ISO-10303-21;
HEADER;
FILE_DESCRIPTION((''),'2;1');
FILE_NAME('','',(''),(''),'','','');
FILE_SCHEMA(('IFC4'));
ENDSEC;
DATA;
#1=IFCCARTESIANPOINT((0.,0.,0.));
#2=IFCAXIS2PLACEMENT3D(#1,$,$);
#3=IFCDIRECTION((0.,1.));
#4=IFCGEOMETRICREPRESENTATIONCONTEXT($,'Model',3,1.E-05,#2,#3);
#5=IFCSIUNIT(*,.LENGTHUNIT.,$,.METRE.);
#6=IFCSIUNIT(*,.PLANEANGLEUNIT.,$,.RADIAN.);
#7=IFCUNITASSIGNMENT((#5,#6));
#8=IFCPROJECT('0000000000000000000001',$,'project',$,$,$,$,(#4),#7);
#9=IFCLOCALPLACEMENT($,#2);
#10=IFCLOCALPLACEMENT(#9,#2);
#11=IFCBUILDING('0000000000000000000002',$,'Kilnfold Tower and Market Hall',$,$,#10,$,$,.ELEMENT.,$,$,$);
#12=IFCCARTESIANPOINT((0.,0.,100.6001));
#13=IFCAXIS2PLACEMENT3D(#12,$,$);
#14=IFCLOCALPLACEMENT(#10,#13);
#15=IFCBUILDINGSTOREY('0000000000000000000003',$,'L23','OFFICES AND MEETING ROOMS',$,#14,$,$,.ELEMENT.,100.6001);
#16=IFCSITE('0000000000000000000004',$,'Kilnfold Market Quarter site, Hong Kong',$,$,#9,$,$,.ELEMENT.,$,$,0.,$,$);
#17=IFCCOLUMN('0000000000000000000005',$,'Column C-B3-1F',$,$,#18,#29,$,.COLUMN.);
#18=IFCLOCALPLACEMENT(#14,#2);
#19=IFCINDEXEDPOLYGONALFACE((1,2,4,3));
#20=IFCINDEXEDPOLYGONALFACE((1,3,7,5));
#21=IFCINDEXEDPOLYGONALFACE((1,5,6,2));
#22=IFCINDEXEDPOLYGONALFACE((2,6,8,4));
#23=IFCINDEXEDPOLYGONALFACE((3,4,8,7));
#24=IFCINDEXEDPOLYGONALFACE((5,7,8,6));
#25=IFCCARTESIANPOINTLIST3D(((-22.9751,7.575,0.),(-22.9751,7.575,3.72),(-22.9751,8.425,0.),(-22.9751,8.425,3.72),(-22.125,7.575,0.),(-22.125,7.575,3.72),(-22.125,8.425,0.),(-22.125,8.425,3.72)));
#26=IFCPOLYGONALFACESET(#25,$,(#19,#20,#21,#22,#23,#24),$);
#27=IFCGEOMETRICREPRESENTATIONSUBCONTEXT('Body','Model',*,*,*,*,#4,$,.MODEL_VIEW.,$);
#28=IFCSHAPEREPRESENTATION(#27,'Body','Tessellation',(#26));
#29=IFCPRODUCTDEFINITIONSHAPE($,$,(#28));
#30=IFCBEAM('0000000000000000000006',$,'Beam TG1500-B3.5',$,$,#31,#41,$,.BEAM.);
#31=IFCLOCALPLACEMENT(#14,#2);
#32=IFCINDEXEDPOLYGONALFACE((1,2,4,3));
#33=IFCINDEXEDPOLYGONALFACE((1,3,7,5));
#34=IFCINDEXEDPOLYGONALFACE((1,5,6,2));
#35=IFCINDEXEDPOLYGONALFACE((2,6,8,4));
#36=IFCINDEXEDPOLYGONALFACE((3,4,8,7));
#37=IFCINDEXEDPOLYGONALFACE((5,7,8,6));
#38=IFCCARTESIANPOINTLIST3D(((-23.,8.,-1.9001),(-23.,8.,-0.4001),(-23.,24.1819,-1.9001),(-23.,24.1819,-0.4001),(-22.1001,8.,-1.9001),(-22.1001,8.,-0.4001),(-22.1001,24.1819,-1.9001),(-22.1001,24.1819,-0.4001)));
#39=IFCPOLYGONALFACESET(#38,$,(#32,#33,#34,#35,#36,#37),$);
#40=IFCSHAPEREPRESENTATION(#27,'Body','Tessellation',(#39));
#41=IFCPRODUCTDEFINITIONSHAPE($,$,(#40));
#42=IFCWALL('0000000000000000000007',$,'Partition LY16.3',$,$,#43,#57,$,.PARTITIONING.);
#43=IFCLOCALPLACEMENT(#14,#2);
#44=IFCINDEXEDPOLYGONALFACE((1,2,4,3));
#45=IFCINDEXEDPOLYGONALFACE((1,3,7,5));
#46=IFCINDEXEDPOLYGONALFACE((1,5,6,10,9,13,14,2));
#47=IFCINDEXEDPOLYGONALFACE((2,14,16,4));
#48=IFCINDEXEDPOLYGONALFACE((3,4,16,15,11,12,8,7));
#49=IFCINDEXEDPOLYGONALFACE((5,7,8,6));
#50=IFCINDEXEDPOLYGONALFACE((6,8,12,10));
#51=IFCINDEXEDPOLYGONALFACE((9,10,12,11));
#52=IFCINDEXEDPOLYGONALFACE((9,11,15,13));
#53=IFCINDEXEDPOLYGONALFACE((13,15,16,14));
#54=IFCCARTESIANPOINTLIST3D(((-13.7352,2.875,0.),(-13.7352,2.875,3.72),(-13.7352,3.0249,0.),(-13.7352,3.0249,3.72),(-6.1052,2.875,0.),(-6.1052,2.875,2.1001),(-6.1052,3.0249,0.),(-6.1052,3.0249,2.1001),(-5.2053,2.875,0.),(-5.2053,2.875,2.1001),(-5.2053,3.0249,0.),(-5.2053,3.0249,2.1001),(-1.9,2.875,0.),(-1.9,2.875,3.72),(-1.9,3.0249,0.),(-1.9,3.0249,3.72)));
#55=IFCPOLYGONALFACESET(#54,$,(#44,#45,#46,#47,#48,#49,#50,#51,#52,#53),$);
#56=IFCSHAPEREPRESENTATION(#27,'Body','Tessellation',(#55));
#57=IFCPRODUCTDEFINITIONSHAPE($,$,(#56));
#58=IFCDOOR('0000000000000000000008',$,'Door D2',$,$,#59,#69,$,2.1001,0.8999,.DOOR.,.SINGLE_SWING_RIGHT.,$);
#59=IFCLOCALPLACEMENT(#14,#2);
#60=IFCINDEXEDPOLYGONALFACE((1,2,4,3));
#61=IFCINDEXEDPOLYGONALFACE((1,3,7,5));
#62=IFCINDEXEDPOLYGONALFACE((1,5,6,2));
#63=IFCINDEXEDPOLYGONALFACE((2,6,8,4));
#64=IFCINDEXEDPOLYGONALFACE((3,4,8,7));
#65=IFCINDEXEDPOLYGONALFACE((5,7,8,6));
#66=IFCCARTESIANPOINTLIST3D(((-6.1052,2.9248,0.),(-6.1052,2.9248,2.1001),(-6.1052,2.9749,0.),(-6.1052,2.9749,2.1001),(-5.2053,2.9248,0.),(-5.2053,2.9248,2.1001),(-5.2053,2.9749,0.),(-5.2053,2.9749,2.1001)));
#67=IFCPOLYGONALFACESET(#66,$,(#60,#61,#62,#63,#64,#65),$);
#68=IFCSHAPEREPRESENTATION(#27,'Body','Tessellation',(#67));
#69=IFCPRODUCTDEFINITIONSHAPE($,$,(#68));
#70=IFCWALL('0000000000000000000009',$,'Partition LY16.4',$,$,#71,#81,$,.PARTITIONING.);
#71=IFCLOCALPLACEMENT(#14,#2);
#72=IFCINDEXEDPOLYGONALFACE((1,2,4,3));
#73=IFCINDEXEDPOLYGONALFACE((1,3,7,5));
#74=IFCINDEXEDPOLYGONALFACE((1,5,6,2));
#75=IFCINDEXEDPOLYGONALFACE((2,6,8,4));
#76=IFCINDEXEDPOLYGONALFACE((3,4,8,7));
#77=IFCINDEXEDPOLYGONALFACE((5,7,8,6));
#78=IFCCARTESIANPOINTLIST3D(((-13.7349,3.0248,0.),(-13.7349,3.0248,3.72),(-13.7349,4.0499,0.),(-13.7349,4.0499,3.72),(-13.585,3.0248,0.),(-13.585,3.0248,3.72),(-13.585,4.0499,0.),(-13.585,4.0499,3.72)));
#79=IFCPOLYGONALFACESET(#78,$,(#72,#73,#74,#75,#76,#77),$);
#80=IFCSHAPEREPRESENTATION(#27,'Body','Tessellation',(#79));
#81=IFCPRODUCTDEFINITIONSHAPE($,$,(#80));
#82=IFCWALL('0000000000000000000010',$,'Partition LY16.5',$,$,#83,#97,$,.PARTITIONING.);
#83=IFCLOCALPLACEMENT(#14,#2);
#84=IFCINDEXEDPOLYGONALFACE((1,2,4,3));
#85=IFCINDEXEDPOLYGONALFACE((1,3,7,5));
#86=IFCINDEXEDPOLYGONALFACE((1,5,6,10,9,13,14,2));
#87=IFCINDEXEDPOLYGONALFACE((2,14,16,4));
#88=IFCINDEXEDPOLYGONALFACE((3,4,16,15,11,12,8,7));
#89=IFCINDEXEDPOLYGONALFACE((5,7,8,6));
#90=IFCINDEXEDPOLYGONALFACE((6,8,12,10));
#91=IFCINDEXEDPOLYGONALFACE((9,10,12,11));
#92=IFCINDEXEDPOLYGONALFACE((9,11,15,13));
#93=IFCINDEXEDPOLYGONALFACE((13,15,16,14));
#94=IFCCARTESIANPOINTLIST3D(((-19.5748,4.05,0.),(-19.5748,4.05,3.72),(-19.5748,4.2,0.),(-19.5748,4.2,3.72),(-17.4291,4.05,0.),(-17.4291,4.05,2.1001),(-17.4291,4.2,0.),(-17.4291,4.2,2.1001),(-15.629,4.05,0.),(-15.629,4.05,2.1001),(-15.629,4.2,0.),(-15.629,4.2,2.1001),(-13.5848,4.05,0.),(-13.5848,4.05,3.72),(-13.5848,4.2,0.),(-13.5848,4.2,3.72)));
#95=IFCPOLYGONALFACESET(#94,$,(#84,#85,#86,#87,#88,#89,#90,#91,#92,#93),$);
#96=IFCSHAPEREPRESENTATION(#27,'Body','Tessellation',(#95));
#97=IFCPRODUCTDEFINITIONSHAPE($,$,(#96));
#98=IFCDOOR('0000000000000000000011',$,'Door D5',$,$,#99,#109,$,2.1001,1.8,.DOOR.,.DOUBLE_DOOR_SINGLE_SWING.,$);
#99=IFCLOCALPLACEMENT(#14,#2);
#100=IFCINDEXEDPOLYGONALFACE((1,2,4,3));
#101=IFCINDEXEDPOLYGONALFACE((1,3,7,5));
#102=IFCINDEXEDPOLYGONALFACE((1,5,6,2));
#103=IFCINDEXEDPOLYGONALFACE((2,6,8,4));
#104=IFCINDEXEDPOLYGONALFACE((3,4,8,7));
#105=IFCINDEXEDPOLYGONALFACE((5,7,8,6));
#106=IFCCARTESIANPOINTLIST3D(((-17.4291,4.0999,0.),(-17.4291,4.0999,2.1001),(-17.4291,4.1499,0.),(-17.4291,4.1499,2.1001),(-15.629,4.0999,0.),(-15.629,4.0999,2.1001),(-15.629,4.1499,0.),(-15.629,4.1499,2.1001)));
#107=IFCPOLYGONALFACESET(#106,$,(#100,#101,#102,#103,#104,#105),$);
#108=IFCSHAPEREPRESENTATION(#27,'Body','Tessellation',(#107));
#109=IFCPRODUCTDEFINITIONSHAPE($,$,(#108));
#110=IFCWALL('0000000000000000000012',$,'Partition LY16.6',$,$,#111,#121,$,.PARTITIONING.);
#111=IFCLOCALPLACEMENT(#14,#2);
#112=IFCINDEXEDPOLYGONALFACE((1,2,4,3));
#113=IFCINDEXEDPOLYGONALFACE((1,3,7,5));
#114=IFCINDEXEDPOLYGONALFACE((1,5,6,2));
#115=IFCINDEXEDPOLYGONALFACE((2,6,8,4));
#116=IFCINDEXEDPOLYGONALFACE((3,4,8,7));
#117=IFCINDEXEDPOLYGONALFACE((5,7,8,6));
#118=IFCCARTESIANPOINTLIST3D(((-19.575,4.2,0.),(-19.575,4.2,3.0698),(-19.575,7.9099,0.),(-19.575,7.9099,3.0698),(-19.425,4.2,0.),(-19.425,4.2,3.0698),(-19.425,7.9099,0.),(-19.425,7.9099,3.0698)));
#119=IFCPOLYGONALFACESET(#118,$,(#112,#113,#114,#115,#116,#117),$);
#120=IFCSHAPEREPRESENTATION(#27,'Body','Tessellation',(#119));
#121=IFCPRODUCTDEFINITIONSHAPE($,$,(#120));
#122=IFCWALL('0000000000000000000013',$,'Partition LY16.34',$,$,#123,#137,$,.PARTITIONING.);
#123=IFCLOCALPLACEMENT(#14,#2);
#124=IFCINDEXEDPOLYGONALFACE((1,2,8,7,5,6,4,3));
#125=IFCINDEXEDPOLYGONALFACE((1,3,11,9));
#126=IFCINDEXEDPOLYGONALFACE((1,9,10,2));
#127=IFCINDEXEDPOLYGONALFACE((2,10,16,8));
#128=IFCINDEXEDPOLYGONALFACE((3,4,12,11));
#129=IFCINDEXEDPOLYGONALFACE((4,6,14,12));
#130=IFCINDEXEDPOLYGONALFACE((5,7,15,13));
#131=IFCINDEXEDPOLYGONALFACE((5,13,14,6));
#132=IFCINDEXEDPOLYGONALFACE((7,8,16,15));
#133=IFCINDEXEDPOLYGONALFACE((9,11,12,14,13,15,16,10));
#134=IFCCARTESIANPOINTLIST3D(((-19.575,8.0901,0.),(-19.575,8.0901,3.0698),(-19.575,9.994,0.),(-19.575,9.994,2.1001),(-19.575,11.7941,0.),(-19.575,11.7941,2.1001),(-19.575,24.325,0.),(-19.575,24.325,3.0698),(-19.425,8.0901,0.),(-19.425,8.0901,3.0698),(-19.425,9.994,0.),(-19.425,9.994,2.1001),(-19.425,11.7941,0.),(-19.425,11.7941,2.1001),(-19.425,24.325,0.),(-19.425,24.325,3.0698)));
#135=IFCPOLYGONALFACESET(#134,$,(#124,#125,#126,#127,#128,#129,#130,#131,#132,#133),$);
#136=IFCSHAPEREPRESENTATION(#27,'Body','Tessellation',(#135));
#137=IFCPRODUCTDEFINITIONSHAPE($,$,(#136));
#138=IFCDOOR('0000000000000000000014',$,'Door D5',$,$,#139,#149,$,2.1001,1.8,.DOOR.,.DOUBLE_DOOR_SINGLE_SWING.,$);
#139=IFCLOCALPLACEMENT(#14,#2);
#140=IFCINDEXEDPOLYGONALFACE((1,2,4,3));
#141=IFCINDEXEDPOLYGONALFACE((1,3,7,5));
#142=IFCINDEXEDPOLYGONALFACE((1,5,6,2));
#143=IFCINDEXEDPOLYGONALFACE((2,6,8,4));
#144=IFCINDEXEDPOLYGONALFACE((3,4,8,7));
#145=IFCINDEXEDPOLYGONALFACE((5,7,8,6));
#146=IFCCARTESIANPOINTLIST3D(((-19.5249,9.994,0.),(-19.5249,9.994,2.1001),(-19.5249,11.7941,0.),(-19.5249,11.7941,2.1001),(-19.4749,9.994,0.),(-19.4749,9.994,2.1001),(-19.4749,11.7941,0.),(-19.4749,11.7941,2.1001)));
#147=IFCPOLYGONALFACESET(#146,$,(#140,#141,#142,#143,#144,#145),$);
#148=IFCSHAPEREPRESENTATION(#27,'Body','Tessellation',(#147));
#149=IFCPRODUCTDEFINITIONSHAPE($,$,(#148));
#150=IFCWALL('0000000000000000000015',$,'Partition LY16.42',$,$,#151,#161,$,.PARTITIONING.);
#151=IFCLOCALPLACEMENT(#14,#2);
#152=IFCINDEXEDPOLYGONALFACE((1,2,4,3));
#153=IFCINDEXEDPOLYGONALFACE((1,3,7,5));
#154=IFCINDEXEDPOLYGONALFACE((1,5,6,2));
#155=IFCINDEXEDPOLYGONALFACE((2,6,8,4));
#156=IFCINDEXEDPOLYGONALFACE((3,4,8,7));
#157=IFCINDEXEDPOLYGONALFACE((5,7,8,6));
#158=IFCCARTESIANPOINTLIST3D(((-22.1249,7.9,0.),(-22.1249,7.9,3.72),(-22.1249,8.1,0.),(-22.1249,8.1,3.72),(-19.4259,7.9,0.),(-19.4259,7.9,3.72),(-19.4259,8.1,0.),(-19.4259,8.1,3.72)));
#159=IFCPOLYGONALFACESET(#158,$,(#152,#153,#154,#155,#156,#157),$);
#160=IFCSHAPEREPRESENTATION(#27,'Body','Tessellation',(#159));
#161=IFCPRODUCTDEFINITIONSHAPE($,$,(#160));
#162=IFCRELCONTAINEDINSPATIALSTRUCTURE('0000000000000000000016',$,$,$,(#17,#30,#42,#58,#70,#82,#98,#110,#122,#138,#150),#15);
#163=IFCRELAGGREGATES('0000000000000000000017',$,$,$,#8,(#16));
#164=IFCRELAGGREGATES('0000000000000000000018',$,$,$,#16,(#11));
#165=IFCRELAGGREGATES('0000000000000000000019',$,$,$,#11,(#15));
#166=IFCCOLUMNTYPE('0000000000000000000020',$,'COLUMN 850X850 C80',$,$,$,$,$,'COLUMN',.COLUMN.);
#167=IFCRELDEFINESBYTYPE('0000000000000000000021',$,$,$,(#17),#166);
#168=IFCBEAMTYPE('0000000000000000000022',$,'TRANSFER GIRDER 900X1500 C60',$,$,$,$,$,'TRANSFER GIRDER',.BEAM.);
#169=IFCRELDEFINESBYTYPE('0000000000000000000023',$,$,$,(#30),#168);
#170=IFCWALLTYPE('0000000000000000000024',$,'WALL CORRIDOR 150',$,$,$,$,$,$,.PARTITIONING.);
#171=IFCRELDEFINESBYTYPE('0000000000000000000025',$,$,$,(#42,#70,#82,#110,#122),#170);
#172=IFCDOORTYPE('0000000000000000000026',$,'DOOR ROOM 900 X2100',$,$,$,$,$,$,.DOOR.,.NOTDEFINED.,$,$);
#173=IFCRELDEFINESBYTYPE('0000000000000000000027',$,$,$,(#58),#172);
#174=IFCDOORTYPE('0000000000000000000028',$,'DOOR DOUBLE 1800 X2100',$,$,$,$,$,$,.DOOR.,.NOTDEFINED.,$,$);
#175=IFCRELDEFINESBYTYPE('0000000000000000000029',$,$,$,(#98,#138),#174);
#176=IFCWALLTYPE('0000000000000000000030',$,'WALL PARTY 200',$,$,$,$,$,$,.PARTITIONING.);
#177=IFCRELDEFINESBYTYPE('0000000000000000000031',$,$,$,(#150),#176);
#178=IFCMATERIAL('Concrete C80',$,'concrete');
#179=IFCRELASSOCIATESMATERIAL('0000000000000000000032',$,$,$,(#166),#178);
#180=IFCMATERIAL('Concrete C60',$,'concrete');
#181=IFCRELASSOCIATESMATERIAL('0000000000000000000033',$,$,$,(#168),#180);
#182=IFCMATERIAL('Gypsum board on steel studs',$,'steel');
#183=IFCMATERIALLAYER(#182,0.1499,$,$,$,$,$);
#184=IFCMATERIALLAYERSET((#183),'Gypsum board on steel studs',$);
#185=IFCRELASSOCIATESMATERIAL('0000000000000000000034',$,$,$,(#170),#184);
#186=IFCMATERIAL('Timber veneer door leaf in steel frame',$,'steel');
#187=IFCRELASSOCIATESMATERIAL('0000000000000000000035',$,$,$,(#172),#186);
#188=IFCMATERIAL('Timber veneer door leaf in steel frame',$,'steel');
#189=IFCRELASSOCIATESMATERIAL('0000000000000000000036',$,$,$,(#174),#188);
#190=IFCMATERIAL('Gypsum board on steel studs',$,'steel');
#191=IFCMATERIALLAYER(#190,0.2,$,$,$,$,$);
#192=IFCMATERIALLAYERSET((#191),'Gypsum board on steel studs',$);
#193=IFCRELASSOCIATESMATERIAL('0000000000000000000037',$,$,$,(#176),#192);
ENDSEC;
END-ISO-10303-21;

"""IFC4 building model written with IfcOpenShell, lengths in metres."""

from ifc_helpers import new_model, si_unit, direction, frame, frame_2d, origin, origin_2d, place, context, subcontext, project, spatial, rectangle, extrude, source, transform, mapped, material, layer, layer_set, material_profile, profile_set, type_object, element, fill, save


model = new_model("IFC4")

# Units and contexts
model_context = context("Model", 3, precision=1e-05, world=origin(), true_north=direction((0.0, 1.0)))
body_context = subcontext(model_context, "Body", "Model", "MODEL_VIEW")
ifc_project = project(units=[si_unit("LENGTHUNIT", "METRE"), si_unit("PLANEANGLEUNIT", "RADIAN")], contexts=[model_context])

# Site, building, storey
site_placement = place(None, origin())
site = spatial("IfcSite", under=ifc_project, at=site_placement, Name="Kilnfold Market Quarter site, Hong Kong", CompositionType="ELEMENT", RefElevation=0.0)
building_placement = place(site_placement, origin())
building = spatial("IfcBuilding", under=site, at=building_placement, Name="Kilnfold Tower and Market Hall", CompositionType="ELEMENT")
storey_placement = place(building_placement, frame((0.0, 0.0, 100.6001)))
storey = spatial("IfcBuildingStorey", under=building, at=storey_placement, Name="L23", Description="OFFICES AND MEETING ROOMS", CompositionType="ELEMENT", Elevation=100.6001)

# Column
ifc_material_1 = material(Name="Concrete C80", Category="concrete")
ifc_material_profile_1 = material_profile(ifc_material_1, rectangle(XDim=0.8501, YDim=0.8501, at=origin_2d()), Name="RC 850x850")
ifc_profile_set_1 = profile_set([ifc_material_profile_1], Name="Concrete C80")
column_type = type_object("IfcColumnType", Name="COLUMN 850X850 C80", ElementType="COLUMN", PredefinedType="COLUMN", material=ifc_profile_set_1)
shared_shape_1 = source(origin(), body_context, "Body", "SweptSolid", [
    extrude(rectangle(XDim=0.8501, YDim=0.8501, at=origin_2d()), origin(), (0.0, 0.0, 1.0), 3.72),
])
column_placement = place(storey_placement, frame((-22.55, 8.0, 0.0), z_axis=(0.0, 0.0, 1.0), x_axis=(1.0, 0.0, 0.0)))
element("IfcColumn", 1, at=column_placement, inside=storey, type_object=column_type, Name="Column C-B3-1F", PredefinedType="COLUMN", context=body_context, shape_type="MappedRepresentation", body=[
    mapped(shared_shape_1, transform((0.0, 0.0, 0.0))),
])

# Beam
ifc_material_2 = material(Name="Concrete C60", Category="concrete")
ifc_material_profile_2 = material_profile(ifc_material_2, rectangle(XDim=0.8999, YDim=1.5, at=origin_2d()), Name="RC 900x1500")
ifc_profile_set_2 = profile_set([ifc_material_profile_2], Name="Concrete C60")
beam_type = type_object("IfcBeamType", Name="TRANSFER GIRDER 900X1500 C60", ElementType="TRANSFER GIRDER", PredefinedType="BEAM", material=ifc_profile_set_2)
shared_shape_2 = source(origin(), body_context, "Body", "SweptSolid", [
    extrude(rectangle(XDim=0.8999, YDim=1.5, at=origin_2d()), origin(), (0.0, 0.0, 1.0), 16.1819),
])
beam_placement = place(storey_placement, frame((-22.55, 8.0, -1.1501), z_axis=(0.0, 1.0, 0.0), x_axis=(-1.0, 0.0, 0.0)))
element("IfcBeam", 2, at=beam_placement, inside=storey, type_object=beam_type, Name="Beam TG1500-B3.5", PredefinedType="BEAM", context=body_context, shape_type="MappedRepresentation", body=[
    mapped(shared_shape_2, transform((0.0, 0.0, 0.0))),
])

# Wall, opening, door
ifc_material_3 = material(Name="Gypsum board on steel studs", Category="steel")
ifc_layer_1 = layer(ifc_material_3, 0.1499)
ifc_layer_set_1 = layer_set([ifc_layer_1], Name="Gypsum board on steel studs")
wall_type_1 = type_object("IfcWallType", Name="WALL CORRIDOR 150", PredefinedType="PARTITIONING", material=ifc_layer_set_1)
wall_1_placement = place(storey_placement, frame((-13.7351, 2.95, 0.0), z_axis=(0.0, 0.0, 1.0), x_axis=(1.0, 0.0, 0.0)))
wall_1 = element("IfcWall", 3, at=wall_1_placement, inside=storey, type_object=wall_type_1, Name="Partition LY16.3", PredefinedType="PARTITIONING", context=body_context, shape_type="SweptSolid", body=[
    extrude(rectangle(XDim=11.8352, YDim=0.1499, at=frame_2d((5.9175, 0.0))), origin(), (0.0, 0.0, 1.0), 3.72),
])
opening_1_placement = place(wall_1_placement, frame((7.6299, 0.0, 0.0)))
opening_1 = element("IfcOpeningElement", 4, at=opening_1_placement, cuts=wall_1, PredefinedType="OPENING", context=body_context, shape_type="SweptSolid", body=[
    extrude(rectangle(XDim=0.8999, YDim=2.1001, at=frame_2d((0.45, 1.05))), frame((0.0, 0.085, 0.0), z_axis=(0.0, -1.0, 0.0), x_axis=(1.0, 0.0, 0.0)), (0.0, 0.0, 1.0), 0.1699),
])
ifc_material_4 = material(Name="Timber veneer door leaf in steel frame", Category="steel")
door_type_1 = type_object("IfcDoorType", Name="DOOR ROOM 900 X2100", OperationType="NOTDEFINED", PredefinedType="DOOR", material=ifc_material_4)
door_1_placement = place(opening_1_placement, origin())
door_1 = element("IfcDoor", 5, at=door_1_placement, inside=storey, type_object=door_type_1, Name="Door D2", OperationType="SINGLE_SWING_RIGHT", OverallHeight=2.1001, OverallWidth=0.8999, PredefinedType="DOOR", context=body_context, shape_type="SweptSolid", body=[
    extrude(rectangle(XDim=0.8999, YDim=2.1001, at=frame_2d((0.45, 1.05))), frame((0.0, 0.0249, 0.0), z_axis=(0.0, -1.0, 0.0), x_axis=(1.0, 0.0, 0.0)), (0.0, 0.0, 1.0), 0.05),
])
fill(opening_1, door_1)

# Wall
wall_2_placement = place(storey_placement, frame((-13.6599, 4.05, 0.0), z_axis=(0.0, 0.0, 1.0), x_axis=(0.0, -1.0, 0.0)))
element("IfcWall", 6, at=wall_2_placement, inside=storey, type_object=wall_type_1, Name="Partition LY16.4", PredefinedType="PARTITIONING", context=body_context, shape_type="SweptSolid", body=[
    extrude(rectangle(XDim=1.0251, YDim=0.1499, at=frame_2d((0.5127, 0.0))), origin(), (0.0, 0.0, 1.0), 3.72),
])

# Wall, opening, door
wall_3_placement = place(storey_placement, frame((-19.575, 4.125, 0.0), z_axis=(0.0, 0.0, 1.0), x_axis=(1.0, 0.0, 0.0)))
wall_3 = element("IfcWall", 7, at=wall_3_placement, inside=storey, type_object=wall_type_1, Name="Partition LY16.5", PredefinedType="PARTITIONING", context=body_context, shape_type="SweptSolid", body=[
    extrude(rectangle(XDim=5.99, YDim=0.1499, at=frame_2d((2.9951, 0.0))), origin(), (0.0, 0.0, 1.0), 3.72),
])
opening_2_placement = place(wall_3_placement, frame((2.146, 0.0, 0.0)))
opening_2 = element("IfcOpeningElement", 8, at=opening_2_placement, cuts=wall_3, PredefinedType="OPENING", context=body_context, shape_type="SweptSolid", body=[
    extrude(rectangle(XDim=1.8, YDim=2.1001, at=frame_2d((0.8999, 1.05))), frame((0.0, 0.085, 0.0), z_axis=(0.0, -1.0, 0.0), x_axis=(1.0, 0.0, 0.0)), (0.0, 0.0, 1.0), 0.1699),
])
ifc_material_5 = material(Name="Timber veneer door leaf in steel frame", Category="steel")
door_type_2 = type_object("IfcDoorType", Name="DOOR DOUBLE 1800 X2100", OperationType="NOTDEFINED", PredefinedType="DOOR", material=ifc_material_5)
door_2_placement = place(opening_2_placement, origin())
door_2 = element("IfcDoor", 9, at=door_2_placement, inside=storey, type_object=door_type_2, Name="Door D5", OperationType="DOUBLE_DOOR_SINGLE_SWING", OverallHeight=2.1001, OverallWidth=1.8, PredefinedType="DOOR", context=body_context, shape_type="SweptSolid", body=[
    extrude(rectangle(XDim=1.8, YDim=2.1001, at=frame_2d((0.8999, 1.05))), frame((0.0, 0.0249, 0.0), z_axis=(0.0, -1.0, 0.0), x_axis=(1.0, 0.0, 0.0)), (0.0, 0.0, 1.0), 0.05),
])
fill(opening_2, door_2)

# Wall
wall_4_placement = place(storey_placement, frame((-19.5, 4.2, 0.0), z_axis=(0.0, 0.0, 1.0), x_axis=(0.0, 1.0, 0.0)))
element("IfcWall", 10, at=wall_4_placement, inside=storey, type_object=wall_type_1, Name="Partition LY16.6", PredefinedType="PARTITIONING", context=body_context, shape_type="SweptSolid", body=[
    extrude(rectangle(XDim=3.71, YDim=0.1499, at=frame_2d((1.855, 0.0))), origin(), (0.0, 0.0, 1.0), 3.0698),
])

# Wall, opening, door
wall_5_placement = place(storey_placement, frame((-19.5, 8.0901, 0.0), z_axis=(0.0, 0.0, 1.0), x_axis=(0.0, 1.0, 0.0)))
wall_5 = element("IfcWall", 11, at=wall_5_placement, inside=storey, type_object=wall_type_1, Name="Partition LY16.34", PredefinedType="PARTITIONING", context=body_context, shape_type="SweptSolid", body=[
    extrude(rectangle(XDim=16.2349, YDim=0.1499, at=frame_2d((8.1174, 0.0))), origin(), (0.0, 0.0, 1.0), 3.0698),
])
opening_3_placement = place(wall_5_placement, frame((1.9041, 0.0, 0.0)))
opening_3 = element("IfcOpeningElement", 12, at=opening_3_placement, cuts=wall_5, PredefinedType="OPENING", context=body_context, shape_type="SweptSolid", body=[
    extrude(rectangle(XDim=1.8, YDim=2.1001, at=frame_2d((0.8999, 1.05))), frame((0.0, 0.085, 0.0), z_axis=(0.0, -1.0, 0.0), x_axis=(1.0, 0.0, 0.0)), (0.0, 0.0, 1.0), 0.1699),
])
door_3_placement = place(opening_3_placement, origin())
door_3 = element("IfcDoor", 13, at=door_3_placement, inside=storey, type_object=door_type_2, Name="Door D5", OperationType="DOUBLE_DOOR_SINGLE_SWING", OverallHeight=2.1001, OverallWidth=1.8, PredefinedType="DOOR", context=body_context, shape_type="SweptSolid", body=[
    extrude(rectangle(XDim=1.8, YDim=2.1001, at=frame_2d((0.8999, 1.05))), frame((0.0, 0.0249, 0.0), z_axis=(0.0, -1.0, 0.0), x_axis=(1.0, 0.0, 0.0)), (0.0, 0.0, 1.0), 0.05),
])
fill(opening_3, door_3)

# Wall
ifc_material_6 = material(Name="Gypsum board on steel studs", Category="steel")
ifc_layer_2 = layer(ifc_material_6, 0.2)
ifc_layer_set_2 = layer_set([ifc_layer_2], Name="Gypsum board on steel studs")
wall_type_2 = type_object("IfcWallType", Name="WALL PARTY 200", PredefinedType="PARTITIONING", material=ifc_layer_set_2)
wall_6_placement = place(storey_placement, frame((-22.125, 8.0, 0.0), z_axis=(0.0, 0.0, 1.0), x_axis=(1.0, 0.0, 0.0)))
element("IfcWall", 14, at=wall_6_placement, inside=storey, type_object=wall_type_2, Name="Partition LY16.42", PredefinedType="PARTITIONING", context=body_context, shape_type="SweptSolid", body=[
    extrude(rectangle(XDim=2.699, YDim=0.2, at=frame_2d((1.3496, 0.0))), origin(), (0.0, 0.0, 1.0), 3.72),
])

save(model, "model.ifc")
